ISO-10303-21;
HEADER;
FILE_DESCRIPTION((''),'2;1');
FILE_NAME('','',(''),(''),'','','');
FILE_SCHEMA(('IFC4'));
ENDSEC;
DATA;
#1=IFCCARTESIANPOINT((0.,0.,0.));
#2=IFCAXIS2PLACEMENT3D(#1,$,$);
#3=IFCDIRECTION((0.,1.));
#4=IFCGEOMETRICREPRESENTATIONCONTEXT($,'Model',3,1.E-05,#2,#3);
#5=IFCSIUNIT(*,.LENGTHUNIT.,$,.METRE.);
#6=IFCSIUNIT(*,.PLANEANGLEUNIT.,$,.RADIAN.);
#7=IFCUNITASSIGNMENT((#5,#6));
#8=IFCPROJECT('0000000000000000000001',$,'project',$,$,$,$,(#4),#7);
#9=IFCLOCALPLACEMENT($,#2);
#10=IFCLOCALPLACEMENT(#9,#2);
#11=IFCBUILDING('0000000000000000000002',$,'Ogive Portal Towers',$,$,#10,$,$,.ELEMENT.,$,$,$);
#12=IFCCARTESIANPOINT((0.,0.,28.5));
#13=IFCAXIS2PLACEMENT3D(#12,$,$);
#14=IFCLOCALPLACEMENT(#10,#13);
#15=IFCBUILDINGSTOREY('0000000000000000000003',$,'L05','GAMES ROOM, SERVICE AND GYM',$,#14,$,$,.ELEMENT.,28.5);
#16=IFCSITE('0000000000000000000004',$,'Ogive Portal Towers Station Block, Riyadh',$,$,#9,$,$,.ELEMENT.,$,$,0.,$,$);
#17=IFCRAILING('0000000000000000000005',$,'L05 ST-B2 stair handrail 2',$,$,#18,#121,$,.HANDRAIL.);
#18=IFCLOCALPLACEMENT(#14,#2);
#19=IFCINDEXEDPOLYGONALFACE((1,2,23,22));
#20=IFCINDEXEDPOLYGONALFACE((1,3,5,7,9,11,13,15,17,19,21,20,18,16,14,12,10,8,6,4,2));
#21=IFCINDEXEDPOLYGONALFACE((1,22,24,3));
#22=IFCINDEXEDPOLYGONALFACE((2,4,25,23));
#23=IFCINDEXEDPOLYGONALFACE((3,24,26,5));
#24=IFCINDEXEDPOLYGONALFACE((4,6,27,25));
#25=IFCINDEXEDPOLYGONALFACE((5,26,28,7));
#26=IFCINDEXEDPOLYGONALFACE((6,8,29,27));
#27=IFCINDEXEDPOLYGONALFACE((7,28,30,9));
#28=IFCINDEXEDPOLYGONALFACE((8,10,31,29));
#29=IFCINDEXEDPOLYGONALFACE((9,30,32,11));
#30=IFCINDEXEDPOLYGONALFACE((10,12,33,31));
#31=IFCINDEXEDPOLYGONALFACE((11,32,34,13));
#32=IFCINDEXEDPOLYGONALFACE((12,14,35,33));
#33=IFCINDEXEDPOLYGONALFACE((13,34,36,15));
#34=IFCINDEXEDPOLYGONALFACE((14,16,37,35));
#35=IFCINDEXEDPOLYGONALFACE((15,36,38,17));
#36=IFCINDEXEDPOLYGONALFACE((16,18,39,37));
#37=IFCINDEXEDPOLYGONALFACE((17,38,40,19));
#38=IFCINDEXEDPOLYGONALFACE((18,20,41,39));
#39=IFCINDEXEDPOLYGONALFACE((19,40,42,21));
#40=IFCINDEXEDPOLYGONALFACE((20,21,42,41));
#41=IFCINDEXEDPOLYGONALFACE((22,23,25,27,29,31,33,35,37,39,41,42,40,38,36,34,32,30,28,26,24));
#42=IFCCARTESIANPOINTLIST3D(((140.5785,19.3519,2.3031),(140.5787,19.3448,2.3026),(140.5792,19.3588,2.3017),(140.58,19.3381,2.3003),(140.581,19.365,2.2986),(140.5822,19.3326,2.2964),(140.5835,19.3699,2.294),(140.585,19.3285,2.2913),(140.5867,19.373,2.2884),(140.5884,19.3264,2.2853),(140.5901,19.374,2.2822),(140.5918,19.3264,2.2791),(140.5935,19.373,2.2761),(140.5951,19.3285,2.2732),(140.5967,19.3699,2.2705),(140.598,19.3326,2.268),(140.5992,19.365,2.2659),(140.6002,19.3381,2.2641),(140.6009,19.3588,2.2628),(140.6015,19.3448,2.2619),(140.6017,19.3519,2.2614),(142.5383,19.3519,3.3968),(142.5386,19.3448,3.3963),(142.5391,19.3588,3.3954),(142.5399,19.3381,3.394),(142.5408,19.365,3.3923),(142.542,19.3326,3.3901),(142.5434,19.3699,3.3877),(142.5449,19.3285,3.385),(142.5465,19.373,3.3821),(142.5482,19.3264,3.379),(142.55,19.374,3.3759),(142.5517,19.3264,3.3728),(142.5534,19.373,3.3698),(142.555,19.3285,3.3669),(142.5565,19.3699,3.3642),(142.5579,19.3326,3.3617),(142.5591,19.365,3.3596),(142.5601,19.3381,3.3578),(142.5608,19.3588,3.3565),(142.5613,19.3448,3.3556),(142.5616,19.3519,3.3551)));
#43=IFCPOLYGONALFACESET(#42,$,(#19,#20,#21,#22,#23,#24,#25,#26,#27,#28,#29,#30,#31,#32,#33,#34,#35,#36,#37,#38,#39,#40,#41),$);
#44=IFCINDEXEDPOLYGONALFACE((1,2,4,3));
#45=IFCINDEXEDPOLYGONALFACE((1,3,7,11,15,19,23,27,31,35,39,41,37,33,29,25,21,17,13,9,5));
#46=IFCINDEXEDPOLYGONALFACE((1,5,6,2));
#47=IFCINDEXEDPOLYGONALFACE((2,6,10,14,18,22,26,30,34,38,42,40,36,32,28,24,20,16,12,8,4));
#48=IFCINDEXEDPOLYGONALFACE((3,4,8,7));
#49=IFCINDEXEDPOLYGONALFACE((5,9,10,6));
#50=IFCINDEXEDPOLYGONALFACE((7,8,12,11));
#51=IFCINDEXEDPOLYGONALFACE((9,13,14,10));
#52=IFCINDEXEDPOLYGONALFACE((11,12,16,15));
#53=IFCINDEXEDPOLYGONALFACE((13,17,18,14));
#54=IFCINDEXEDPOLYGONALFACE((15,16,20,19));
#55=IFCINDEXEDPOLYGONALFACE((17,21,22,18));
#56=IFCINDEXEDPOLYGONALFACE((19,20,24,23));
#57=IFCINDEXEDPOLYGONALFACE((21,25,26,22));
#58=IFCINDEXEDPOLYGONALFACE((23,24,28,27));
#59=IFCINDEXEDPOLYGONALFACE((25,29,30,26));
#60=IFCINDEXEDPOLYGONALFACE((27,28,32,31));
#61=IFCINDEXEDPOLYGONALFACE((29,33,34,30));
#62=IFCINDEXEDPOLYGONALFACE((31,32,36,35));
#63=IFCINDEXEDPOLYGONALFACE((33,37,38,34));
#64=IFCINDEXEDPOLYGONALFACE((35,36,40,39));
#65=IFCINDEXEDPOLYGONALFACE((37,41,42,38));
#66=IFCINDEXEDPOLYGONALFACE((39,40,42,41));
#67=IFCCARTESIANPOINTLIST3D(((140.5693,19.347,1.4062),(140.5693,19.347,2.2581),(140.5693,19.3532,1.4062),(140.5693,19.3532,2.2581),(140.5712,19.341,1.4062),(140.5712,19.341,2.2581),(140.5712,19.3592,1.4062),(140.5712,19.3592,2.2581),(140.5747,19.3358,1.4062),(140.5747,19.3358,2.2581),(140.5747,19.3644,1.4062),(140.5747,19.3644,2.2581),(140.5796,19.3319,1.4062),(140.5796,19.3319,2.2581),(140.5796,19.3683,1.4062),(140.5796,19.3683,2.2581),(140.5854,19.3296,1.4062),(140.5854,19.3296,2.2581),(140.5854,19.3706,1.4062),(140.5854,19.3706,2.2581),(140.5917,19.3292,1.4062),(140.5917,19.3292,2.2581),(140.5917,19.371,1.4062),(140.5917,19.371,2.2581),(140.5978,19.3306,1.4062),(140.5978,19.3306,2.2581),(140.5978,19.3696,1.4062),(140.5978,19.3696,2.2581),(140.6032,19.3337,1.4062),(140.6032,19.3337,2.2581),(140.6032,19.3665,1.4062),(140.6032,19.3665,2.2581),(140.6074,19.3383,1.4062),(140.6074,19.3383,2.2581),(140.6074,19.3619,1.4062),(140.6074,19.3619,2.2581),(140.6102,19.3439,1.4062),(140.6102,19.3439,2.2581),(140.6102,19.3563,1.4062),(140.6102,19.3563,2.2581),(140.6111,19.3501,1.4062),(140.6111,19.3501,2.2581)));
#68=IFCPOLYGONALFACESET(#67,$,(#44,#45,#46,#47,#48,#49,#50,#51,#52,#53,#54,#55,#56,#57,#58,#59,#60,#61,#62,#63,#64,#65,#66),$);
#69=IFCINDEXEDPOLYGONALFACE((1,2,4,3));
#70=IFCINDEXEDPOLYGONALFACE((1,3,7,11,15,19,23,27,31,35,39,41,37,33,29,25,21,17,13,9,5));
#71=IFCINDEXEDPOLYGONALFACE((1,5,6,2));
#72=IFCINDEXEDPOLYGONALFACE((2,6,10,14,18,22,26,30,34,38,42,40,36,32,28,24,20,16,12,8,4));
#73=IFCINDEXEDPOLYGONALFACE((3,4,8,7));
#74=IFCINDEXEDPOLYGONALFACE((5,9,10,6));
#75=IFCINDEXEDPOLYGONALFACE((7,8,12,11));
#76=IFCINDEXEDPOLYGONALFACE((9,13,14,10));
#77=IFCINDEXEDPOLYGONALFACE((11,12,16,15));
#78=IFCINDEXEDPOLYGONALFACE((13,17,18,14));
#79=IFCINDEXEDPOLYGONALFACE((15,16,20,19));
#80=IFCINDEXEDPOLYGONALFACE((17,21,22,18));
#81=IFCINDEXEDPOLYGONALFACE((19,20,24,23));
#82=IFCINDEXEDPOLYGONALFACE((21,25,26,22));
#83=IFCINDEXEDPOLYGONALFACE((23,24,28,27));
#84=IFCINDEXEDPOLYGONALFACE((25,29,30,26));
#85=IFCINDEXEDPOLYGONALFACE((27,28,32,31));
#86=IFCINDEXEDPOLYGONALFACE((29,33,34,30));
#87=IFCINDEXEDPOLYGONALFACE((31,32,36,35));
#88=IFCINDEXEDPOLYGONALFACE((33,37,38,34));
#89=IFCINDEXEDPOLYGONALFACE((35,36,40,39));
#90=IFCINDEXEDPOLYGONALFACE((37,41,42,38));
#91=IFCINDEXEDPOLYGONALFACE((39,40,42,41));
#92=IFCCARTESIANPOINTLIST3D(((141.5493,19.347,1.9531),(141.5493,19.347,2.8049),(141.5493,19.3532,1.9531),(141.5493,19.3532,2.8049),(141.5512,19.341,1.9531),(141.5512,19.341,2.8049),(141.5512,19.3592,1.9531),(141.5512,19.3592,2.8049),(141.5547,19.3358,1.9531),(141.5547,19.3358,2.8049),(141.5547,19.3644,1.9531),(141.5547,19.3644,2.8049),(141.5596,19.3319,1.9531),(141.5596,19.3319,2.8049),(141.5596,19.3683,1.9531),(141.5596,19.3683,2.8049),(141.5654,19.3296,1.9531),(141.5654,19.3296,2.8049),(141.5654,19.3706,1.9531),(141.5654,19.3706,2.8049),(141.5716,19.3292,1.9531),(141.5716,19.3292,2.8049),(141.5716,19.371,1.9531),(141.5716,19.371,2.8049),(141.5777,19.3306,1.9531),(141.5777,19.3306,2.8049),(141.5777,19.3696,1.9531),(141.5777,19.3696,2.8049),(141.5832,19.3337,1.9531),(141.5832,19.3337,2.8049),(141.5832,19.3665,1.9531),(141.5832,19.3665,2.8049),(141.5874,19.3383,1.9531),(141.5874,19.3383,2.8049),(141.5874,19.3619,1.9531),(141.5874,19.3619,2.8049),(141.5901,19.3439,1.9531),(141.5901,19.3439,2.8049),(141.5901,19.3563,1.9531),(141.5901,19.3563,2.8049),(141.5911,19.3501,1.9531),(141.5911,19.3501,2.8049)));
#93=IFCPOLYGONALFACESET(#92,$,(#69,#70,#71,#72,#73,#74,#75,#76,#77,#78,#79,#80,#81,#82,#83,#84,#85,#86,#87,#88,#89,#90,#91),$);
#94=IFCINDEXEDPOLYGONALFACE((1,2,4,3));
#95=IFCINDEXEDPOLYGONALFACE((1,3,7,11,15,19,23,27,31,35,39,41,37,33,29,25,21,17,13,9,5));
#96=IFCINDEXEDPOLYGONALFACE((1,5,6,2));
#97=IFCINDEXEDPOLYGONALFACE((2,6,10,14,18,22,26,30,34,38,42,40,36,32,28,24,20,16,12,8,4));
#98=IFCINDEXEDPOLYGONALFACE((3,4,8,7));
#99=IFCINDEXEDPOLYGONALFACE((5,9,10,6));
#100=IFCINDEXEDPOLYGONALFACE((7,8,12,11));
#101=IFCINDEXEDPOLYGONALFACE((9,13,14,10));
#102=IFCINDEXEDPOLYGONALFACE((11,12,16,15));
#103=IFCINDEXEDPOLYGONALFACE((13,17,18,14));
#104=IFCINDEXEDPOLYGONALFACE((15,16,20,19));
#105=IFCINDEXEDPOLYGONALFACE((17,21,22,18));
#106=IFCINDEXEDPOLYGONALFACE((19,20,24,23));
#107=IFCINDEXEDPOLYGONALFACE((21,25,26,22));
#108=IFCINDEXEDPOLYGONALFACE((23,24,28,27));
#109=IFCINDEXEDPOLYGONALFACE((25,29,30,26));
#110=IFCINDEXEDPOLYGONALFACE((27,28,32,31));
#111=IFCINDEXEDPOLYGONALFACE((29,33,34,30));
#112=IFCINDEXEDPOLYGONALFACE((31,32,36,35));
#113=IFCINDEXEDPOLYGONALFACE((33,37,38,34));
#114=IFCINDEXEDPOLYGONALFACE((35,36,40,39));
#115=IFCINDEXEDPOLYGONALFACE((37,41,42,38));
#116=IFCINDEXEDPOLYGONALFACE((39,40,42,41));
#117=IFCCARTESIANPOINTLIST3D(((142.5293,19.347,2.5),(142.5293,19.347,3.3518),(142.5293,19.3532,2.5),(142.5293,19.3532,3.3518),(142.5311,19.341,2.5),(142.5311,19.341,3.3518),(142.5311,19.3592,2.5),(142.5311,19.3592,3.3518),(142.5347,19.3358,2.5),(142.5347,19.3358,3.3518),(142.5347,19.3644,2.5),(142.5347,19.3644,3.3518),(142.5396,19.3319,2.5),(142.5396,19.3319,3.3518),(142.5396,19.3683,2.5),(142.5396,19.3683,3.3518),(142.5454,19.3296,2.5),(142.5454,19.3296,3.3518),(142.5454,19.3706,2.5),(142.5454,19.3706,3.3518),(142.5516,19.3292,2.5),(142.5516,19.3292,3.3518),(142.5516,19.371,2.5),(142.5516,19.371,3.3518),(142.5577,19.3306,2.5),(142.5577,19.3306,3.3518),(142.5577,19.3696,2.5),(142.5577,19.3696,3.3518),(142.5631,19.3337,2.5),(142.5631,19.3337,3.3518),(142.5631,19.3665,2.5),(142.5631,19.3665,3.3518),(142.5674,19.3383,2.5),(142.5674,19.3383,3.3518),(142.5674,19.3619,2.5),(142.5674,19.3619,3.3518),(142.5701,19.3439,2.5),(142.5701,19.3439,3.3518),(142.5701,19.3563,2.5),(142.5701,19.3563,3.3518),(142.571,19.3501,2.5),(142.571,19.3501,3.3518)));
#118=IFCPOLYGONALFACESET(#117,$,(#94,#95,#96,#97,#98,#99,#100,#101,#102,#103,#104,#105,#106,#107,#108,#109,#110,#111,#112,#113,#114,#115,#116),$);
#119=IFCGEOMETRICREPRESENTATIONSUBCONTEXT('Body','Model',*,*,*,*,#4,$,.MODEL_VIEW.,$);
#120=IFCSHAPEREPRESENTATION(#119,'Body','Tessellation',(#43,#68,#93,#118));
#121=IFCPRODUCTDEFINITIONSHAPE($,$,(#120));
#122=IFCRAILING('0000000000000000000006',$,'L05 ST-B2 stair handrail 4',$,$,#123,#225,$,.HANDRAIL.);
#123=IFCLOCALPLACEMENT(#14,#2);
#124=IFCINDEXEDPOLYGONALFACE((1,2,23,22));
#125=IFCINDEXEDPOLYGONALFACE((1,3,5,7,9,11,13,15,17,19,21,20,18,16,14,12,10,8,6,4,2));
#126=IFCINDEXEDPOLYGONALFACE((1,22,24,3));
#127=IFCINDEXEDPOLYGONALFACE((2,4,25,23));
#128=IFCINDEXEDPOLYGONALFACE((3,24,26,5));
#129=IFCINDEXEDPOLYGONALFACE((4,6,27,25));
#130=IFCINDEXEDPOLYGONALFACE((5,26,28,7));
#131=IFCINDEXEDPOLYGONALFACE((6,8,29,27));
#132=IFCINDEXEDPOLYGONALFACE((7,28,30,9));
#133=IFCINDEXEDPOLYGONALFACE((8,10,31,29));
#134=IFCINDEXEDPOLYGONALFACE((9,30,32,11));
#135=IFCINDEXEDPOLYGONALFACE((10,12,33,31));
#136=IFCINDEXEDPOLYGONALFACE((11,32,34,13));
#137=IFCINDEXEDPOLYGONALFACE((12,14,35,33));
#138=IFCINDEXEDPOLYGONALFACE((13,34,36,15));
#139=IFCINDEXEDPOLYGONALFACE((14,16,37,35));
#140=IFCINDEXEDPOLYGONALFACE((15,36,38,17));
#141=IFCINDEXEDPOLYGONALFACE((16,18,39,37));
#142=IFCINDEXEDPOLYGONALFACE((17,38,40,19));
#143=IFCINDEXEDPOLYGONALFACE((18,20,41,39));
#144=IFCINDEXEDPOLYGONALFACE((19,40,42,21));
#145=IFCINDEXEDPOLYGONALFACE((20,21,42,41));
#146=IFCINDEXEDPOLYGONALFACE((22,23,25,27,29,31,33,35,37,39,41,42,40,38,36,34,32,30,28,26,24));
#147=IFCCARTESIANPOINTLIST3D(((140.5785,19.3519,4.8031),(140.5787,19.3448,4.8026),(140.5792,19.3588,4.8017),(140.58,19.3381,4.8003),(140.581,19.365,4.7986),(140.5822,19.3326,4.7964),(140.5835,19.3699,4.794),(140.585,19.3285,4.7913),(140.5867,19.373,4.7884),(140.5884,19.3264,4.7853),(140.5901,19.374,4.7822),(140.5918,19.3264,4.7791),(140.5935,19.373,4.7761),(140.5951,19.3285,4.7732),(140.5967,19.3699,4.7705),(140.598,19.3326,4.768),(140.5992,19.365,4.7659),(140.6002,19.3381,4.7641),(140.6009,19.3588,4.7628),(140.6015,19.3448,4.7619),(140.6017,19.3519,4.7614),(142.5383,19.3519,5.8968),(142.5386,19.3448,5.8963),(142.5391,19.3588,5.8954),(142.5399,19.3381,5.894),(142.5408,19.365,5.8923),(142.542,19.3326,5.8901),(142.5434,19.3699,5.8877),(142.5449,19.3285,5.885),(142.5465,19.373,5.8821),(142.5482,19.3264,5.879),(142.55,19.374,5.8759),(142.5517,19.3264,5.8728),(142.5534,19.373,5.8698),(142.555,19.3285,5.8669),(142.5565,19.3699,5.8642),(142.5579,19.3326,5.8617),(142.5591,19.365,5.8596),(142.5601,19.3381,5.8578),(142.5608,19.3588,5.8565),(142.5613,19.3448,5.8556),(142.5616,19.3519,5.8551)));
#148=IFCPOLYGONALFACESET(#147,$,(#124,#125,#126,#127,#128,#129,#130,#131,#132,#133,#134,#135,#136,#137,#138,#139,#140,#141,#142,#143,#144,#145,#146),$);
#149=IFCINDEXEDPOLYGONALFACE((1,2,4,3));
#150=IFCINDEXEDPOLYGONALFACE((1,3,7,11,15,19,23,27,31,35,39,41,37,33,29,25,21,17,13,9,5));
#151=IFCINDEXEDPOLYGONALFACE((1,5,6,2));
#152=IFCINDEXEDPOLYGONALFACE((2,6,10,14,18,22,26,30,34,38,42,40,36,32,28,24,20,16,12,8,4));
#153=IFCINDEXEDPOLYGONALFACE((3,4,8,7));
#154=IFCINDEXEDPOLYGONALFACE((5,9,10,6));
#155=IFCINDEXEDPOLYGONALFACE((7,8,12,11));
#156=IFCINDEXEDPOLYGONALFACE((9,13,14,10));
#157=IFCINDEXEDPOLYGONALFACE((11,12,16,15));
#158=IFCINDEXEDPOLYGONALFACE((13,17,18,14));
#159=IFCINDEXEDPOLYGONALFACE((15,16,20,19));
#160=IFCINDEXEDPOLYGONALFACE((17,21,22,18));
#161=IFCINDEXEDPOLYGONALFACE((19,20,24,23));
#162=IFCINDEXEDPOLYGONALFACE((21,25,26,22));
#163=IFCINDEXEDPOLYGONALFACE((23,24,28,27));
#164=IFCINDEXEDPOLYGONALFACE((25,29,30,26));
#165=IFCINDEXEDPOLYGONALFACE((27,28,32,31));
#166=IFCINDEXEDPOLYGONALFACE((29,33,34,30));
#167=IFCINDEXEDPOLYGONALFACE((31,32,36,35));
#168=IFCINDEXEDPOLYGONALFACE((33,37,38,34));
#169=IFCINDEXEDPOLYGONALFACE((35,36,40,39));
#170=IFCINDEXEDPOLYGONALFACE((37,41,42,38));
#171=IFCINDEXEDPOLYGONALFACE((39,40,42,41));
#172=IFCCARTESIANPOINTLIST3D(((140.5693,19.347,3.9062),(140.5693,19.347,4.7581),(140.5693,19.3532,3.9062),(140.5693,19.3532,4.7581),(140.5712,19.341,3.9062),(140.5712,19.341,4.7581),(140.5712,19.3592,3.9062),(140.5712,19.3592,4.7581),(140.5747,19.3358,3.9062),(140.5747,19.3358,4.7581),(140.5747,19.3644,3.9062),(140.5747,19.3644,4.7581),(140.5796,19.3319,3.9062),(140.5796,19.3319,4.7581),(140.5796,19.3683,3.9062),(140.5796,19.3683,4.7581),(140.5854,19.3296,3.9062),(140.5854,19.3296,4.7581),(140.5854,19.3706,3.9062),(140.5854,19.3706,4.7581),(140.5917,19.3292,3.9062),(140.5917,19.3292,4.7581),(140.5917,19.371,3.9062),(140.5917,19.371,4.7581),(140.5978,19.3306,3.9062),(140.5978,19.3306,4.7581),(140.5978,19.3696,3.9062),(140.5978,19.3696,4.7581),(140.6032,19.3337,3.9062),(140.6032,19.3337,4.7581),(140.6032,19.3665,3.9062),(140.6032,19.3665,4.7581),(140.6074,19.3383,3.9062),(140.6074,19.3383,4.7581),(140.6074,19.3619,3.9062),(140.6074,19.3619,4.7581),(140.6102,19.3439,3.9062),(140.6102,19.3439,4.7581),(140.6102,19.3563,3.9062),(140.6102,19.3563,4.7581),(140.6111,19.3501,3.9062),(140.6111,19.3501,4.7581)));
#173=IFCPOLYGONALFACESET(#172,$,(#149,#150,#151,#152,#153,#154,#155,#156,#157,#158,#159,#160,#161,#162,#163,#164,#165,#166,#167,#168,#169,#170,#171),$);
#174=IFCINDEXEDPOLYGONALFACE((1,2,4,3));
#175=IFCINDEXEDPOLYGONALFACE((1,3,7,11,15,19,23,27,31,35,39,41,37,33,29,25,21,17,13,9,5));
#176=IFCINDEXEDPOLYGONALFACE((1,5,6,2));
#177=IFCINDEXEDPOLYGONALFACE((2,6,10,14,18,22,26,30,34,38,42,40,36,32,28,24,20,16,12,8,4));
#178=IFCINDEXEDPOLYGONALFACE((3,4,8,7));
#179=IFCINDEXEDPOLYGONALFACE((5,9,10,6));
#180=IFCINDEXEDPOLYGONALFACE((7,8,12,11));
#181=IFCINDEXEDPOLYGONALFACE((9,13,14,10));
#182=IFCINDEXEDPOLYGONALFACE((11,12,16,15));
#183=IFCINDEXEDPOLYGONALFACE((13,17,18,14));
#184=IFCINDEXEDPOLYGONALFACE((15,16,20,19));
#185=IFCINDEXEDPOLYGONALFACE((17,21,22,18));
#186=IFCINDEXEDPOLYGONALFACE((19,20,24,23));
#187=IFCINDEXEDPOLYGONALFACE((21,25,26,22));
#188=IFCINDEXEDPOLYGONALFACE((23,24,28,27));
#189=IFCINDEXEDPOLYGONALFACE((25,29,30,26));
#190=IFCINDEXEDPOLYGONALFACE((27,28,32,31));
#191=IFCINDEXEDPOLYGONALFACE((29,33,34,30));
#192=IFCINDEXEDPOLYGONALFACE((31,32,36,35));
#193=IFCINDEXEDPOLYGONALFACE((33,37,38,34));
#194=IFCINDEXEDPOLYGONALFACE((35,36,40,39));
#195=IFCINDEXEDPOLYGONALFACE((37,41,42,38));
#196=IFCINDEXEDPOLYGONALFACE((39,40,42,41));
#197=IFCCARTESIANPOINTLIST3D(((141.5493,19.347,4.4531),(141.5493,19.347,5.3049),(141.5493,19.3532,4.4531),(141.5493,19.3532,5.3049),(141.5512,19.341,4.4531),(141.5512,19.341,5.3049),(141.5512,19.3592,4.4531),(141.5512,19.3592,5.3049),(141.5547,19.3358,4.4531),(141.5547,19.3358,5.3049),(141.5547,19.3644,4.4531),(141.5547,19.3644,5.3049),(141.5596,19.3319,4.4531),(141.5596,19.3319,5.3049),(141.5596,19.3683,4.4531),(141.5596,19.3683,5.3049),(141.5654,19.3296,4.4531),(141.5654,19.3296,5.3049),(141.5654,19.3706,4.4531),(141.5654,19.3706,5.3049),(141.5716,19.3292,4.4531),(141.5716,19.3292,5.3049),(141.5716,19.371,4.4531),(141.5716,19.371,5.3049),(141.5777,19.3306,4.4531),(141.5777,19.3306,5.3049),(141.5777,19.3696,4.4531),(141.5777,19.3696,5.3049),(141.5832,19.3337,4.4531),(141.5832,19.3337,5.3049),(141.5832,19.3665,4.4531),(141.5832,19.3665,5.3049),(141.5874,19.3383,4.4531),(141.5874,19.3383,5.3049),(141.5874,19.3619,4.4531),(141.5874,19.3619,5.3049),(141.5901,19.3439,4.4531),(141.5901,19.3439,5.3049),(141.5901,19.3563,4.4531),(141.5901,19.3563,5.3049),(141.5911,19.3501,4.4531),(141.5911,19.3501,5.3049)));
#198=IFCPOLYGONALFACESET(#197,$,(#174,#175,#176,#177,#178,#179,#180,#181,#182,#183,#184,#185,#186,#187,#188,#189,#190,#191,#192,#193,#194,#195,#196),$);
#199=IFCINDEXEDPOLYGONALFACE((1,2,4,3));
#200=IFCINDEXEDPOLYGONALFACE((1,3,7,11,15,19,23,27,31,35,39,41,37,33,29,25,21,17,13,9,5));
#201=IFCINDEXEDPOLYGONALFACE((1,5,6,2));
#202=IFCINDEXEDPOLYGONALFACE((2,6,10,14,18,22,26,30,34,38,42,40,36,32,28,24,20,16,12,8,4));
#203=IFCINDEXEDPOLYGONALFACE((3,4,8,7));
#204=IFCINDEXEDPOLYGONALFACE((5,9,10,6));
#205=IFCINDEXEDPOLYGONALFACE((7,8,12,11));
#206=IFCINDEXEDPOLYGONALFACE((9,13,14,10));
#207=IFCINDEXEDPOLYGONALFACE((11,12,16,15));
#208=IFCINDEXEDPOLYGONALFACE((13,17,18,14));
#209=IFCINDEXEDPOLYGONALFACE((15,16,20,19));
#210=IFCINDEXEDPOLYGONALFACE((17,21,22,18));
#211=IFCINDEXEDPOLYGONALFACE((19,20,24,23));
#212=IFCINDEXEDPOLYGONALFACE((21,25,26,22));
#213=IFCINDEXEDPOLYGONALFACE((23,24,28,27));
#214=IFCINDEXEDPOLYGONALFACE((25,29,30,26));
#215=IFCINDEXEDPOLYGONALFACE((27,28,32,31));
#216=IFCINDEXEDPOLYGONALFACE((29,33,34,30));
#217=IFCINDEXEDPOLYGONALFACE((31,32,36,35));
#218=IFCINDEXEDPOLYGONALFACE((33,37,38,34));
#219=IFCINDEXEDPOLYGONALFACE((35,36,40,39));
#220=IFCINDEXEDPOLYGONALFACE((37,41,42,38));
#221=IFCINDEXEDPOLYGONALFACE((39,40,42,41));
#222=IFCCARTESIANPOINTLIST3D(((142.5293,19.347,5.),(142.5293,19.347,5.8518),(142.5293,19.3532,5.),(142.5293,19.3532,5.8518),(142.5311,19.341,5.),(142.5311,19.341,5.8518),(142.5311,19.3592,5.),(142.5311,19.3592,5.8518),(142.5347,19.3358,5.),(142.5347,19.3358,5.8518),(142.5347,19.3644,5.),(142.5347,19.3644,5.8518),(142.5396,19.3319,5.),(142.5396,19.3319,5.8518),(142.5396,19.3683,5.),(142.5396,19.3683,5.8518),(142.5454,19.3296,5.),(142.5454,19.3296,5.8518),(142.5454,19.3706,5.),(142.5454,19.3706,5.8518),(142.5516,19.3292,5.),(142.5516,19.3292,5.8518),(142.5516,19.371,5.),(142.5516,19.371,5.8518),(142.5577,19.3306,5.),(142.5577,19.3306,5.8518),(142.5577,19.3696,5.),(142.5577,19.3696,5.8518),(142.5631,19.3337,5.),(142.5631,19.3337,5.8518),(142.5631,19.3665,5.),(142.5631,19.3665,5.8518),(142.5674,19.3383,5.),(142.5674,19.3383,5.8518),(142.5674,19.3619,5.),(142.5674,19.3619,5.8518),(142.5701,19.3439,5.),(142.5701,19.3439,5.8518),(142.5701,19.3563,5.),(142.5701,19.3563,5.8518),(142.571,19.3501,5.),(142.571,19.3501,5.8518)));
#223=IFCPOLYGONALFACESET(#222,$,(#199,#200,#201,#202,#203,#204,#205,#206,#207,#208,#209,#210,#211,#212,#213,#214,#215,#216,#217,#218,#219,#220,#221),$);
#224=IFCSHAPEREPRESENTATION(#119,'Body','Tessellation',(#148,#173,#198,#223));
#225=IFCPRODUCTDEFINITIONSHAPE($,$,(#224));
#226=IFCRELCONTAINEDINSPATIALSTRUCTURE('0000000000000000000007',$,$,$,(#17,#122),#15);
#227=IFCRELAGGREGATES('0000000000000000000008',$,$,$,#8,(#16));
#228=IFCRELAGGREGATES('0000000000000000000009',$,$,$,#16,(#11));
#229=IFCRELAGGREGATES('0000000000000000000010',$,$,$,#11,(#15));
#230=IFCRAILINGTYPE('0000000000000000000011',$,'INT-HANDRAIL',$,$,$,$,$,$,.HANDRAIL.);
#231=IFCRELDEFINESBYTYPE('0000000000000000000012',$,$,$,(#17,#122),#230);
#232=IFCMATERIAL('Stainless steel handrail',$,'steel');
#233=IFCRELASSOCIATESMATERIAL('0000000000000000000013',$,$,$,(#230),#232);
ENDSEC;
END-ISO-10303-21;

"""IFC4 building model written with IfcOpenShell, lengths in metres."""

from ifc_helpers import new_model, si_unit, direction, frame, origin, origin_2d, place, context, subcontext, project, spatial, circle, extrude, material, type_object, element, save


model = new_model("IFC4")

# Units and contexts
model_context = context("Model", 3, precision=1e-05, world=origin(), true_north=direction((0.0, 1.0)))
body_context = subcontext(model_context, "Body", "Model", "MODEL_VIEW")
ifc_project = project(units=[si_unit("LENGTHUNIT", "METRE"), si_unit("PLANEANGLEUNIT", "RADIAN")], contexts=[model_context])

# Site, building, storey
site_placement = place(None, origin())
site = spatial("IfcSite", under=ifc_project, at=site_placement, Name="Ogive Portal Towers Station Block, Riyadh", CompositionType="ELEMENT", RefElevation=0.0)
building_placement = place(site_placement, origin())
building = spatial("IfcBuilding", under=site, at=building_placement, Name="Ogive Portal Towers", CompositionType="ELEMENT")
storey_placement = place(building_placement, frame((0.0, 0.0, 28.5)))
storey = spatial("IfcBuildingStorey", under=building, at=storey_placement, Name="L05", Description="GAMES ROOM, SERVICE AND GYM", CompositionType="ELEMENT", Elevation=28.5)

# Railings
ifc_material_1 = material(Name="Stainless steel handrail", Category="steel")
railing_type_1 = type_object("IfcRailingType", Name="INT-HANDRAIL", PredefinedType="HANDRAIL", material=ifc_material_1)
for number, where, name in (
    (1, (140.5901, 19.3501, 1.4062), "L05 ST-B2 stair handrail 2"),
    (2, (140.5901, 19.3501, 3.9062), "L05 ST-B2 stair handrail 4"),
):
    element("IfcRailing", number, at=place(storey_placement, frame(where)), inside=storey, type_object=railing_type_1, Name=name, PredefinedType="HANDRAIL", context=body_context, shape_type="SweptSolid", body=[
        extrude(circle(Radius=0.0239, at=origin_2d()), frame((0.0, 0.0, 0.876), z_axis=(0.873232, 0.0, 0.487304), x_axis=(0.0, 1.0, 0.0)), (0.0, 0.0, 1.0), 2.2444),
        extrude(circle(Radius=0.021, at=origin_2d()), origin(), (0.0, 0.0, 1.0), 0.8518),
        extrude(circle(Radius=0.021, at=origin_2d()), frame((0.98, 0.0, 0.5469)), (0.0, 0.0, 1.0), 0.8518),
        extrude(circle(Radius=0.021, at=origin_2d()), frame((1.96, 0.0, 1.0938)), (0.0, 0.0, 1.0), 0.8518),
    ])

save(model, "model.ifc")
